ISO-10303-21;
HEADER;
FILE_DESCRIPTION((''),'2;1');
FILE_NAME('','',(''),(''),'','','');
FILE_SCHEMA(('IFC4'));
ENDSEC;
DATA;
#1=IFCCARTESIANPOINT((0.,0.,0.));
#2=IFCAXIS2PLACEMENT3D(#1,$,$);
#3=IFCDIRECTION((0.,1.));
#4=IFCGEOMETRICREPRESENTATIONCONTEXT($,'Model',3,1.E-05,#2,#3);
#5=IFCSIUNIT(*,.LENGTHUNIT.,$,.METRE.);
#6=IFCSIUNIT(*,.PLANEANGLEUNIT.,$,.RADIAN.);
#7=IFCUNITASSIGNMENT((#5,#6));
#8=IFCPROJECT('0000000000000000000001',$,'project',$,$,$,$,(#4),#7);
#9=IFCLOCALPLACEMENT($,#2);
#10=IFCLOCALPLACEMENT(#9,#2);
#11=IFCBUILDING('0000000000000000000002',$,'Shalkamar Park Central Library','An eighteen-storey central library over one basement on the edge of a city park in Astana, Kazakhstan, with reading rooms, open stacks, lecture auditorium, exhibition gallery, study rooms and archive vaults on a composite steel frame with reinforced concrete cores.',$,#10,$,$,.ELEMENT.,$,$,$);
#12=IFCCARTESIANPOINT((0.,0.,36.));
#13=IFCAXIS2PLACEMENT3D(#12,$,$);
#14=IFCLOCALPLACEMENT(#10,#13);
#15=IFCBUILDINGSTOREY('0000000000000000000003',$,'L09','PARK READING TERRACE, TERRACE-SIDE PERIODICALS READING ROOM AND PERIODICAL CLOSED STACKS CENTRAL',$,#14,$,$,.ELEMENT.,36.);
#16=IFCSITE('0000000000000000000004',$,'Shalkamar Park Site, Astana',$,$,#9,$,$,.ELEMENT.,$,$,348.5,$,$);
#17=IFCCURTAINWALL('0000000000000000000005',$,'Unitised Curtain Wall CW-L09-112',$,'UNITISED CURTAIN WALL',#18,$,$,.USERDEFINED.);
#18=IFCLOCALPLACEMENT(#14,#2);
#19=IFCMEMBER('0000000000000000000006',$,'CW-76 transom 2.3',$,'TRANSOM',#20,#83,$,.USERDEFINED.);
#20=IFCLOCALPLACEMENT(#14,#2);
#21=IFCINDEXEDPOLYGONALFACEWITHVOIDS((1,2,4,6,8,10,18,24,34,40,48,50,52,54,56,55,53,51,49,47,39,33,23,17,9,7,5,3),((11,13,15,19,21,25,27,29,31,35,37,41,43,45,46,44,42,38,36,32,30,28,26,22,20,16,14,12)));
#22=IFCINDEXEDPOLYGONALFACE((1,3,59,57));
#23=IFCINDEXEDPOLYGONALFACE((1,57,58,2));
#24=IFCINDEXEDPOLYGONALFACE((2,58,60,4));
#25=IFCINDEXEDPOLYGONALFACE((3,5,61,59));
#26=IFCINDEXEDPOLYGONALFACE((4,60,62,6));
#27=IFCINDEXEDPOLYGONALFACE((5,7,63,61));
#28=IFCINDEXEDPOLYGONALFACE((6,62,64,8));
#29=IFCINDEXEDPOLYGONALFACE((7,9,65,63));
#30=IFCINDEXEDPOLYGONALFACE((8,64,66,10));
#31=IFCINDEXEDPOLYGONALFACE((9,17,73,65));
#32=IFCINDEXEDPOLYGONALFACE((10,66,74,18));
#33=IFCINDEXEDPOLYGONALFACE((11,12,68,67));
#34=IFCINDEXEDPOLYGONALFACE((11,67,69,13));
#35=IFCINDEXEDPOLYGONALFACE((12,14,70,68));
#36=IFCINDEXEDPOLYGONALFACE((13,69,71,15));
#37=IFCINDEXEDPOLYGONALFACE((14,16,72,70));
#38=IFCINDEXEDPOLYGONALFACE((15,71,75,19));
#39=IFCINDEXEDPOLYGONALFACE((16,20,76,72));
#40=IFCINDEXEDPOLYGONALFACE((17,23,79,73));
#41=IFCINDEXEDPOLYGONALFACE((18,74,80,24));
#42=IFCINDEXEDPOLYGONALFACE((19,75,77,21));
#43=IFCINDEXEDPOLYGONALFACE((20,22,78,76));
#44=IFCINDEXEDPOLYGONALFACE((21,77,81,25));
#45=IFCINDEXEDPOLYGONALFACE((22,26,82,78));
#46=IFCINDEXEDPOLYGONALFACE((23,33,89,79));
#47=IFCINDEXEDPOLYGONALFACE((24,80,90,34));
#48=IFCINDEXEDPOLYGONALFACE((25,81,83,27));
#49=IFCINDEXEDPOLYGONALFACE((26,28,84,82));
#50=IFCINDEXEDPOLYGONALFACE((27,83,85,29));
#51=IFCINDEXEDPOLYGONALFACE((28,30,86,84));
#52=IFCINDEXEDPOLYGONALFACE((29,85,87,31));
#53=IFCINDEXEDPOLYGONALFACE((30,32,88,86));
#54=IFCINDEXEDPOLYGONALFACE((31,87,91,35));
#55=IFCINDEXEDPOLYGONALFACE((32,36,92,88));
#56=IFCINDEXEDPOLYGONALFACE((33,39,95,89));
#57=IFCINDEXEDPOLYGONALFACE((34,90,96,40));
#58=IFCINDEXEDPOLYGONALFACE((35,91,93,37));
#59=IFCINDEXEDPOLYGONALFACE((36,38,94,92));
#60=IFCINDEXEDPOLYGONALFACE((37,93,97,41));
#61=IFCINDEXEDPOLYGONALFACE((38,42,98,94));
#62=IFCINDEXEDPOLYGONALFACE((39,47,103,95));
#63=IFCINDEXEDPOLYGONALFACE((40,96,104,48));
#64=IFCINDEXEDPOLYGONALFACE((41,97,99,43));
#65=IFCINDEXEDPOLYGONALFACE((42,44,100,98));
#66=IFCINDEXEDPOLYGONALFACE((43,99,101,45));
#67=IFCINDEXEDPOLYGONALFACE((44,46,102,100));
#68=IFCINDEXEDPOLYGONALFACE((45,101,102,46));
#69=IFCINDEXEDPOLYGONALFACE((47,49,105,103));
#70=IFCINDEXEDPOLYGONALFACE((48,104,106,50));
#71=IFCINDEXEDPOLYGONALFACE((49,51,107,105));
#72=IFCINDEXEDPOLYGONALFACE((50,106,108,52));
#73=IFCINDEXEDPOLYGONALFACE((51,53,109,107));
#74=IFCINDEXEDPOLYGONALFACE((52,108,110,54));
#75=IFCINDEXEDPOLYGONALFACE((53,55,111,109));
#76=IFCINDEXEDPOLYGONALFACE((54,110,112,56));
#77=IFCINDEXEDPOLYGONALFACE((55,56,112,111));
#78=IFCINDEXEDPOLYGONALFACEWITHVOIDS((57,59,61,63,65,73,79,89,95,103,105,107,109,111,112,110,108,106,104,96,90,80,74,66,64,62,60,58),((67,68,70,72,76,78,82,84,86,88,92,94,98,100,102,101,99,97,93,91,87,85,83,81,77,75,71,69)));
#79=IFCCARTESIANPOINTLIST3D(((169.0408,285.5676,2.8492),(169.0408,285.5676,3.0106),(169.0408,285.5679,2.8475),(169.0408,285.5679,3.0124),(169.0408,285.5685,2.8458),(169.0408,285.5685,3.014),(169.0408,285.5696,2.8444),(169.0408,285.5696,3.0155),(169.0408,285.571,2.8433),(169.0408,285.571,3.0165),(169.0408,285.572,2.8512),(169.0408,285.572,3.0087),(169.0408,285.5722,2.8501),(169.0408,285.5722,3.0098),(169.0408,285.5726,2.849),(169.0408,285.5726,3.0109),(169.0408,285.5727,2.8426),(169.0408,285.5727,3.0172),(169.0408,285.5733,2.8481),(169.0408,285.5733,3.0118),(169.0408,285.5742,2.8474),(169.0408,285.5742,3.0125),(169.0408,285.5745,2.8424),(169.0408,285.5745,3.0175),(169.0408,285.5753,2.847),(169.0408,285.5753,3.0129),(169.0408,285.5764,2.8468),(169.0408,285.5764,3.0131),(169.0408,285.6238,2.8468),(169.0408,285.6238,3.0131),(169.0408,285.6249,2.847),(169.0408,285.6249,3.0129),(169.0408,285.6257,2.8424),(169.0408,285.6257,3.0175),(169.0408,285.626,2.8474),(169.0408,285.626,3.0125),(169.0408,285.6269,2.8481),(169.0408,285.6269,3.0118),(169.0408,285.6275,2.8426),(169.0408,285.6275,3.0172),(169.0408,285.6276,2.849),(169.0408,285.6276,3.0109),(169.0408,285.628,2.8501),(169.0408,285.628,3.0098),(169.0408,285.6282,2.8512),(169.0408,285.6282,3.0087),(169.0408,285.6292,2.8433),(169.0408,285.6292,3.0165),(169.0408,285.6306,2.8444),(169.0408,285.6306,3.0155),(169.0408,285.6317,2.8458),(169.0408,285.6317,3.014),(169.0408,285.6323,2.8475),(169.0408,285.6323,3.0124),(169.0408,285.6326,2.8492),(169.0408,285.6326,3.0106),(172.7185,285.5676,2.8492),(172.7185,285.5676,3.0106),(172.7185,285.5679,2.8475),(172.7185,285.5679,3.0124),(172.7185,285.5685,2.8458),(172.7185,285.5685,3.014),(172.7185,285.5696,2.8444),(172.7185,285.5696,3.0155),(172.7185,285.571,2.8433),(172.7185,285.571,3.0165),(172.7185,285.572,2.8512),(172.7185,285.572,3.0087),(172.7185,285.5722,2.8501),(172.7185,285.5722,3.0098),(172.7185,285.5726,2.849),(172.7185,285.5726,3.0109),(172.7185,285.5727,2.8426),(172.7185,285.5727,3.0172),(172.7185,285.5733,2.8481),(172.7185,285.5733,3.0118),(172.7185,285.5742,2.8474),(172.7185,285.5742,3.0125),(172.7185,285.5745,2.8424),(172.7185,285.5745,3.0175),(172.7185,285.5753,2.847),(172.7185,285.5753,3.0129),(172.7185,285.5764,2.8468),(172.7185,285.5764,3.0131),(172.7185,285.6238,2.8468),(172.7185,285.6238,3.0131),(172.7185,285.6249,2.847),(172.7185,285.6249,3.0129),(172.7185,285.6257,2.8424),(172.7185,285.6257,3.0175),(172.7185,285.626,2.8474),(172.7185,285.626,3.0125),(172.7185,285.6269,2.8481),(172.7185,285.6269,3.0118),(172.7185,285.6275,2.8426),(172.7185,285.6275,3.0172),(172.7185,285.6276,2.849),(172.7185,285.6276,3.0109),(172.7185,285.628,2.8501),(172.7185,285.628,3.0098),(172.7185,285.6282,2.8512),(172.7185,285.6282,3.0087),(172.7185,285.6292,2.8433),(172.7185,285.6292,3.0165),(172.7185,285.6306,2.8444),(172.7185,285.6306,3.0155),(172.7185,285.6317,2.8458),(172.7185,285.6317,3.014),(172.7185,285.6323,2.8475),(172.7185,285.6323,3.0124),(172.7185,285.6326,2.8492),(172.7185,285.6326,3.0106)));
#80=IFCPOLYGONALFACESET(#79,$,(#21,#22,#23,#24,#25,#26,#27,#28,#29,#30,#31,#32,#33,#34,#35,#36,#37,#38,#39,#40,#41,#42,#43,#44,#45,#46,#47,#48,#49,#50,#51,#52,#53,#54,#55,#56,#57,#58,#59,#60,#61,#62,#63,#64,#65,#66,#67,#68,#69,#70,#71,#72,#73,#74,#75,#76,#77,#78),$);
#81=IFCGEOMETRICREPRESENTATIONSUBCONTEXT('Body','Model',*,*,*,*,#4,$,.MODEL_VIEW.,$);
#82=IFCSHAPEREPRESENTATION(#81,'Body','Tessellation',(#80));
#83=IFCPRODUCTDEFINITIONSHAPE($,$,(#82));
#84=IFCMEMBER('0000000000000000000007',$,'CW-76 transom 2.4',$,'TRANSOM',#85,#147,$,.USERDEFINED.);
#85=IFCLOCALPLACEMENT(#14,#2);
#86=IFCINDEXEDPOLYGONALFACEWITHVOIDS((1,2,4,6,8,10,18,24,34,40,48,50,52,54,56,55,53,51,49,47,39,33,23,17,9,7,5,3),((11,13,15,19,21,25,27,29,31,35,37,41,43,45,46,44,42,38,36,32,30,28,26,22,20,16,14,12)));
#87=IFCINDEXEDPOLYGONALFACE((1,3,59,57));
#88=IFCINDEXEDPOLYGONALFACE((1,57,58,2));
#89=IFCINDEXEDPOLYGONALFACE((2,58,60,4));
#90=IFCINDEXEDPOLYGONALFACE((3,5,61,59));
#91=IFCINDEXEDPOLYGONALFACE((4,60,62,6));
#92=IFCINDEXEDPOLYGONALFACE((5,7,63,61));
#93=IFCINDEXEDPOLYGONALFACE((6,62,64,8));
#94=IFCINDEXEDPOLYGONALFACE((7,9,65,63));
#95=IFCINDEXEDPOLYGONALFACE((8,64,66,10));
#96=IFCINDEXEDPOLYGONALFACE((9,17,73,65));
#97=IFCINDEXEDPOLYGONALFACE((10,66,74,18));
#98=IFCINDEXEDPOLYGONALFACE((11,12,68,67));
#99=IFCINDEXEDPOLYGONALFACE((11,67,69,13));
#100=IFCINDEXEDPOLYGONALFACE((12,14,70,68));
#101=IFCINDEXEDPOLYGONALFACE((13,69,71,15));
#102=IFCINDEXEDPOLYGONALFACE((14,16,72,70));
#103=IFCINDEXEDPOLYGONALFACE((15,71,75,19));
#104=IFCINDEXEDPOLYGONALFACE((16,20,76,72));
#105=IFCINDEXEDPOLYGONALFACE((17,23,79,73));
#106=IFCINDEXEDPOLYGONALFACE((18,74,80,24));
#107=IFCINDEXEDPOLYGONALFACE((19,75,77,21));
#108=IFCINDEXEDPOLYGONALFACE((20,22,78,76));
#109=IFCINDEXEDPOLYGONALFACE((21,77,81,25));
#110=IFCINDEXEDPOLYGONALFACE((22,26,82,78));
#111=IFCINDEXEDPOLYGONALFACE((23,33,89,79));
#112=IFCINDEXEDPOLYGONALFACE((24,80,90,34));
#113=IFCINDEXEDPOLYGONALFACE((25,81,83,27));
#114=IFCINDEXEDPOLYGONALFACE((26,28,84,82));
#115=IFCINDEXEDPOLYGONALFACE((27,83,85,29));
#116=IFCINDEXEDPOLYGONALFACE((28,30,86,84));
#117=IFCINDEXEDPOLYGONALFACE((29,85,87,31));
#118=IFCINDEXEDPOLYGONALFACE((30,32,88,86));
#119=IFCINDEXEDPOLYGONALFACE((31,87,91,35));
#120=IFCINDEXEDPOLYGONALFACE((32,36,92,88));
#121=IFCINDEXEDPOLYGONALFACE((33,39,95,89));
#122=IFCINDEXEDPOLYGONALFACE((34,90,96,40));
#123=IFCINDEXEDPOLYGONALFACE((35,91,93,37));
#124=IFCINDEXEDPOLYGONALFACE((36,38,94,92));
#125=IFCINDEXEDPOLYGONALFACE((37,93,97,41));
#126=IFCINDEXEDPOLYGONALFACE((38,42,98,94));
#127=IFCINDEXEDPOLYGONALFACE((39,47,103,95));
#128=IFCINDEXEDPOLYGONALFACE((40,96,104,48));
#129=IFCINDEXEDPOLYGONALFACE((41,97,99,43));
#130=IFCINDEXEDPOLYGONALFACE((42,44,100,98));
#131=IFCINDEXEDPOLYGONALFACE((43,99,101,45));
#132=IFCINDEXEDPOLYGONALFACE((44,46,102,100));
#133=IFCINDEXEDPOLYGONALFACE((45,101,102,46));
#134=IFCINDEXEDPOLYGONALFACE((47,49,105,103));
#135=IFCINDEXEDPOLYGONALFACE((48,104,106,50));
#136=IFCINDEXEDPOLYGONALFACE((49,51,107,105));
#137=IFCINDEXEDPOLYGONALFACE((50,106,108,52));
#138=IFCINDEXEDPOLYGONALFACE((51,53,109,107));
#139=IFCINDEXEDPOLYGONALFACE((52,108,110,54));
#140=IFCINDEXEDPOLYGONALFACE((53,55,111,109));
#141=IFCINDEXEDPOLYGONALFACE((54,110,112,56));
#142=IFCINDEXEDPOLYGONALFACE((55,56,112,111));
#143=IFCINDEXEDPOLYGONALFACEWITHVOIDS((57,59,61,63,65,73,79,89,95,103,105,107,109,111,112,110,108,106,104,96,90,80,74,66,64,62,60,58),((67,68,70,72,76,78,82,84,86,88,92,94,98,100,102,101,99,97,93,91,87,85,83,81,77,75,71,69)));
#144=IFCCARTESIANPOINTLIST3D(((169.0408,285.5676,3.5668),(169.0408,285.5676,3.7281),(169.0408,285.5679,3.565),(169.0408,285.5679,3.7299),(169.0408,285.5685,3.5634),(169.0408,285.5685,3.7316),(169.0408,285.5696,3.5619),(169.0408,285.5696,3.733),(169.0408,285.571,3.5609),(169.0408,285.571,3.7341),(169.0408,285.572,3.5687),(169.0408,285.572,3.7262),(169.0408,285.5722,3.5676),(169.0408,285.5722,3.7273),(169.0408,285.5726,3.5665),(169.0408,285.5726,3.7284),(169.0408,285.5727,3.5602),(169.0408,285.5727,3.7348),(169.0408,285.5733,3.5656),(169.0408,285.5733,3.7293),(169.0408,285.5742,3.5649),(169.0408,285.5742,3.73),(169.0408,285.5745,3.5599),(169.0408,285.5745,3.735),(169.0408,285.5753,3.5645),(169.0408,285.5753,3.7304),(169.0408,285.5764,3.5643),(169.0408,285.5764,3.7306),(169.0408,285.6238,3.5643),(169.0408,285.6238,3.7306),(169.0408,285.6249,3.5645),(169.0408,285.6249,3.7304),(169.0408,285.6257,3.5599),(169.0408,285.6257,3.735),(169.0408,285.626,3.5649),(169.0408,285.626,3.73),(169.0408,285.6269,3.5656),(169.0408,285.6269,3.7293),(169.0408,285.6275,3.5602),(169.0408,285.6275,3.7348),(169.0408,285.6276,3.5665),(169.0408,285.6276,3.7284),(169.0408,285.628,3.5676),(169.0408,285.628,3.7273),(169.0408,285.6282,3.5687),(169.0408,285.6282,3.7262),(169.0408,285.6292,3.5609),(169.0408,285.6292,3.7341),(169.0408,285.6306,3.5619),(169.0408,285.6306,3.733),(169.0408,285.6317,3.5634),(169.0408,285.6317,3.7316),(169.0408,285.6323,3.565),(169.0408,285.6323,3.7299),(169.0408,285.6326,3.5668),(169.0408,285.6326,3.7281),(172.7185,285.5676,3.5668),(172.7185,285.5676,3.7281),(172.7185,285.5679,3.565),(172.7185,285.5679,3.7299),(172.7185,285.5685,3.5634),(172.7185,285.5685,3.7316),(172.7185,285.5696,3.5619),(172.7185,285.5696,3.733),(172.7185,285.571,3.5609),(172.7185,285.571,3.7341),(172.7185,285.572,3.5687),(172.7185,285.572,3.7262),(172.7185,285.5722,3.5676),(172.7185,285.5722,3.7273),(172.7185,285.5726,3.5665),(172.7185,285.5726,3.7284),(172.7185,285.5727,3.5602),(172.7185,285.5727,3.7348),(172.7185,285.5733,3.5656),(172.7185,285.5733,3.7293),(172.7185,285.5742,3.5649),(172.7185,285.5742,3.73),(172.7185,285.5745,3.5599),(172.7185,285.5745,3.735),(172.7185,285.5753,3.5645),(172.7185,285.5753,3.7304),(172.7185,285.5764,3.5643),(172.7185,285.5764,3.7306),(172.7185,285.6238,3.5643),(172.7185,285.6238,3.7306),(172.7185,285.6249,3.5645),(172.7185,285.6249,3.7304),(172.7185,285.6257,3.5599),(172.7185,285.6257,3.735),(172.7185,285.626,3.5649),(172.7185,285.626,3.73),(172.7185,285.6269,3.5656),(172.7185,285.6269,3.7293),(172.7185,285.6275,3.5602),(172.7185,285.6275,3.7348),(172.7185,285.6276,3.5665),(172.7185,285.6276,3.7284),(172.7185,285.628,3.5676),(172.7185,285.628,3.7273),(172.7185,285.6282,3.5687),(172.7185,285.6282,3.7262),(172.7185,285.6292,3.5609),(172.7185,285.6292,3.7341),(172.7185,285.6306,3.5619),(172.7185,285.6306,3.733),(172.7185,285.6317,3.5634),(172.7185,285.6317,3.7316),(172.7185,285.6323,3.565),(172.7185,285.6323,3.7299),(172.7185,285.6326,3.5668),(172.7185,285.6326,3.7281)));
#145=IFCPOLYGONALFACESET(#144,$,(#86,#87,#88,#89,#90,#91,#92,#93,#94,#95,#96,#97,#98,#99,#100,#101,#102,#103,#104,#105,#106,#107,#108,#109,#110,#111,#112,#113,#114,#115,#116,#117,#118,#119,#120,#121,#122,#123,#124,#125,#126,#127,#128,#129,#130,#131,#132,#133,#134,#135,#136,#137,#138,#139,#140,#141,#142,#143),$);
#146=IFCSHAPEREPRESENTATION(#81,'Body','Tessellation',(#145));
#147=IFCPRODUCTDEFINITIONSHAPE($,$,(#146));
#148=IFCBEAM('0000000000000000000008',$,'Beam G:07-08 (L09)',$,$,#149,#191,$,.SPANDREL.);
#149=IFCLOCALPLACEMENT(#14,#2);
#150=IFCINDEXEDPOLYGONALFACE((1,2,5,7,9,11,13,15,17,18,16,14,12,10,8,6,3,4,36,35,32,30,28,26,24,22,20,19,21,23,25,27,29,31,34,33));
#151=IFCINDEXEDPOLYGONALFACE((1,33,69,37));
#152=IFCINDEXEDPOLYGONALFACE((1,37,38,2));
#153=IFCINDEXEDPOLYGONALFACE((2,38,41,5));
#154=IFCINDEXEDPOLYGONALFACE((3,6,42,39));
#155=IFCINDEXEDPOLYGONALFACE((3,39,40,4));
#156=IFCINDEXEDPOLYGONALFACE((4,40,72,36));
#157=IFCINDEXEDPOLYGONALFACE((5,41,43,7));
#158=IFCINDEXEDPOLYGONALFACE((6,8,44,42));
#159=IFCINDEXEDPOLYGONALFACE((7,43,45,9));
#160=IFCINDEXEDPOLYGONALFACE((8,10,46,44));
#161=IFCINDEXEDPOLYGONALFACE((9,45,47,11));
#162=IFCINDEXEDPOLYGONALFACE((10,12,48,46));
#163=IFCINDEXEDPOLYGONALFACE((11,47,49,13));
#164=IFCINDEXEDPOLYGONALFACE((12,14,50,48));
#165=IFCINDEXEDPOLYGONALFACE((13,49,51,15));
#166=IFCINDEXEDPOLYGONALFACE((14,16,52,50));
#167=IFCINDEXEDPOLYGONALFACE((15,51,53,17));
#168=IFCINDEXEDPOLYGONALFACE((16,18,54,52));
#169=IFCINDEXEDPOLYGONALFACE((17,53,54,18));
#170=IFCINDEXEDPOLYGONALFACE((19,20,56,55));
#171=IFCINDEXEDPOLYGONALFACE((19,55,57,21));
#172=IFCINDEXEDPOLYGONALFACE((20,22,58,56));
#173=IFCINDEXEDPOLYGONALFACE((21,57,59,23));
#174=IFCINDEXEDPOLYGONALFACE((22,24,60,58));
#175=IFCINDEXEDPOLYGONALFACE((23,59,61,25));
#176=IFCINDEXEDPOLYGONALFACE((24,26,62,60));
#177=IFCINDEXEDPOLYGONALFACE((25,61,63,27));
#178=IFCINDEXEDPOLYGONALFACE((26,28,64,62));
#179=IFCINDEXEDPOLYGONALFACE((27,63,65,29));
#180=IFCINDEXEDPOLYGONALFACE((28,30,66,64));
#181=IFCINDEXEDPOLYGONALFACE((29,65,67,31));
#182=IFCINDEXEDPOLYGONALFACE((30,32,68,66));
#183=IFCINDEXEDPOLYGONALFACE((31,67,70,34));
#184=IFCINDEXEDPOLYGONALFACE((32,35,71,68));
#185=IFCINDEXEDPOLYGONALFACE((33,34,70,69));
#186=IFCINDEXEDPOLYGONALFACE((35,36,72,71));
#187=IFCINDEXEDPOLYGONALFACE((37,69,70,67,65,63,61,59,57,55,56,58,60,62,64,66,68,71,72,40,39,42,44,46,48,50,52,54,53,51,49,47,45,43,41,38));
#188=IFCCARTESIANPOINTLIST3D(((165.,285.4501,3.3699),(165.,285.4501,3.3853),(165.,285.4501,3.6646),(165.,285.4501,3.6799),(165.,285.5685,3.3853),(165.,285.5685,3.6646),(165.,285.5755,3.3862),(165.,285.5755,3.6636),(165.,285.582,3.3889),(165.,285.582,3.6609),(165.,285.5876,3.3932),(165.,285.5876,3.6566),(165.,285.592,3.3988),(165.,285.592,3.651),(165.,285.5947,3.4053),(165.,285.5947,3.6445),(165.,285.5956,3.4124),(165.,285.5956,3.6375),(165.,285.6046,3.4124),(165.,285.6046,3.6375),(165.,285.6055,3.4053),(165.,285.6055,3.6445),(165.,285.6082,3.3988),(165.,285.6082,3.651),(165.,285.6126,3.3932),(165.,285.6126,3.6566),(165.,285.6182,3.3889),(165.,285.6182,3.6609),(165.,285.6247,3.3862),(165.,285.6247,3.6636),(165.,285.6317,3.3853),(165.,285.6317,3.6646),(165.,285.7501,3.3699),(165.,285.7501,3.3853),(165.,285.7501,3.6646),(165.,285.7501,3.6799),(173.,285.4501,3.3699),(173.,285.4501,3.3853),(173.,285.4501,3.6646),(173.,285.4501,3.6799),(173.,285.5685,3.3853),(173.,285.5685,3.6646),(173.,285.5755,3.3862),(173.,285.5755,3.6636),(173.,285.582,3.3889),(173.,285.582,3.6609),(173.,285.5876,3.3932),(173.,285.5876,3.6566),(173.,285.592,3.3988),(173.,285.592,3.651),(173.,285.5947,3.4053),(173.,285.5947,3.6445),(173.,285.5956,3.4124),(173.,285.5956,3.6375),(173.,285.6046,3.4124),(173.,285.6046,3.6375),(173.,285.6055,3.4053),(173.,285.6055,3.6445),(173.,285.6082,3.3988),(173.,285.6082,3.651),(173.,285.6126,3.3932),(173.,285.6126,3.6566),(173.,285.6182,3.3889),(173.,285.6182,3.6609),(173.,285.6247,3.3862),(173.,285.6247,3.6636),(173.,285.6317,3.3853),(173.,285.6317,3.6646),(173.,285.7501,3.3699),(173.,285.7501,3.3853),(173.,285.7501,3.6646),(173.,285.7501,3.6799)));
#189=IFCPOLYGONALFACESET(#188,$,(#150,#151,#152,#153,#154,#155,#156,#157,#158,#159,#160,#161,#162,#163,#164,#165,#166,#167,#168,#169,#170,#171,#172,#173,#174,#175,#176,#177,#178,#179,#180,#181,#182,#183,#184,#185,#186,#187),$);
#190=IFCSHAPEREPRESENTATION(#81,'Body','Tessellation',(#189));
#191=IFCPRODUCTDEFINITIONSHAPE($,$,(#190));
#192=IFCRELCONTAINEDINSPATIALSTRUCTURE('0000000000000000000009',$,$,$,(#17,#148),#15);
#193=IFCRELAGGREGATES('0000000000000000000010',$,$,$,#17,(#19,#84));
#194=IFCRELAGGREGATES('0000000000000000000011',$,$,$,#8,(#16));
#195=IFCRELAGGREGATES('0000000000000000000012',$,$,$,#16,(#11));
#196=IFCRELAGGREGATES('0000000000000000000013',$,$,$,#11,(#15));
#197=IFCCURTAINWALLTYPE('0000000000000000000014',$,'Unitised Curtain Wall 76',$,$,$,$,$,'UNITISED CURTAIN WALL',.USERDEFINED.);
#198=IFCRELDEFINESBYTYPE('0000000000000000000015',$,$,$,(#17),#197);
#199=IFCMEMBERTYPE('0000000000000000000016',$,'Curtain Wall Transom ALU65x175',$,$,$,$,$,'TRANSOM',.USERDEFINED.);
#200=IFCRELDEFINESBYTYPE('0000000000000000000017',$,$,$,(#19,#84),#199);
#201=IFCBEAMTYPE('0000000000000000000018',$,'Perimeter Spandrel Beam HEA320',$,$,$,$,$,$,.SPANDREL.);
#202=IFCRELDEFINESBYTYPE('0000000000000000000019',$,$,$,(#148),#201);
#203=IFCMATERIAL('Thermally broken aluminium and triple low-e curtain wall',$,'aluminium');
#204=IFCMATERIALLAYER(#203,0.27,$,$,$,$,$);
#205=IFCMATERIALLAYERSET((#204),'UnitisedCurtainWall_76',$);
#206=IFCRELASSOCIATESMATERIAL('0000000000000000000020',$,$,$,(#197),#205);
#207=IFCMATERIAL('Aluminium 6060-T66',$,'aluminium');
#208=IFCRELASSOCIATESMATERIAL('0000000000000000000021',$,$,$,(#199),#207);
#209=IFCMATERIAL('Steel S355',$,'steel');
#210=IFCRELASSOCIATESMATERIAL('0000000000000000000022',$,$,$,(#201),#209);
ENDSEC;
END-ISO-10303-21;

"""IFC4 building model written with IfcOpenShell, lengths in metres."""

from ifc_helpers import new_model, si_unit, direction, frame, origin, origin_2d, place, context, subcontext, project, spatial, hollow_rectangle, i_section, extrude, material, layer, layer_set, material_profile, profile_set, type_object, element, aggregate, save


model = new_model("IFC4")

# Units and contexts
model_context = context("Model", 3, precision=1e-05, world=origin(), true_north=direction((0.0, 1.0)))
body_context = subcontext(model_context, "Body", "Model", "MODEL_VIEW")
ifc_project = project(units=[si_unit("LENGTHUNIT", "METRE"), si_unit("PLANEANGLEUNIT", "RADIAN")], contexts=[model_context])

# Site, building, storey
site_placement = place(None, origin())
site = spatial("IfcSite", under=ifc_project, at=site_placement, Name="Shalkamar Park Site, Astana", CompositionType="ELEMENT", RefElevation=348.5)
building_placement = place(site_placement, origin())
building = spatial("IfcBuilding", under=site, at=building_placement, Name="Shalkamar Park Central Library", Description="An eighteen-storey central library over one basement on the edge of a city park in Astana, Kazakhstan, with reading rooms, open stacks, lecture auditorium, exhibition gallery, study rooms and archive vaults on a composite steel frame with reinforced concrete cores.", CompositionType="ELEMENT")
storey_placement = place(building_placement, frame((0.0, 0.0, 36.0)))
storey = spatial("IfcBuildingStorey", under=building, at=storey_placement, Name="L09", Description="PARK READING TERRACE, TERRACE-SIDE PERIODICALS READING ROOM AND PERIODICAL CLOSED STACKS CENTRAL", CompositionType="ELEMENT", Elevation=36.0)

# Shared definitions
ifc_material_1 = material(Name="Steel S355", Category="steel")

# Curtain wall
ifc_material_2 = material(Name="Thermally broken aluminium and triple low-e curtain wall", Category="aluminium")
ifc_layer_1 = layer(ifc_material_2, 0.27)
ifc_layer_set_1 = layer_set([ifc_layer_1], Name="UnitisedCurtainWall_76")
curtain_wall_type_1 = type_object("IfcCurtainWallType", Name="Unitised Curtain Wall 76", ElementType="UNITISED CURTAIN WALL", PredefinedType="USERDEFINED", material=ifc_layer_set_1)
curtain_wall_1_placement = place(storey_placement, origin())
curtain_wall_1 = element("IfcCurtainWall", 1, at=curtain_wall_1_placement, inside=storey, type_object=curtain_wall_type_1, Name="Unitised Curtain Wall CW-L09-112", ObjectType="UNITISED CURTAIN WALL", PredefinedType="USERDEFINED")
ifc_material_3 = material(Name="Aluminium 6060-T66", Category="aluminium")

# Members
ifc_material_profile_1 = material_profile(ifc_material_3, hollow_rectangle(XDim=0.0649, YDim=0.175, WallThickness=0.0044, InnerFilletRadius=0.0044, OuterFilletRadius=0.0068, at=origin_2d()), Name="ALU 65x175x4.5")
ifc_profile_set_1 = profile_set([ifc_material_profile_1], Name="Aluminium 6060-T66")
member_type_1 = type_object("IfcMemberType", Name="Curtain Wall Transom ALU65x175", ElementType="TRANSOM", PredefinedType="USERDEFINED", material=ifc_profile_set_1)
member_1_placement = place(storey_placement, frame((169.0408, 285.6001, 2.9299), z_axis=(1.0, 0.0, 0.0), x_axis=(0.0, 1.0, 0.0)))
member_1 = element("IfcMember", 2, at=member_1_placement, type_object=member_type_1, Name="CW-76 transom 2.3", ObjectType="TRANSOM", PredefinedType="USERDEFINED", context=body_context, shape_type="SweptSolid", body=[
    extrude(hollow_rectangle(XDim=0.0649, YDim=0.175, WallThickness=0.0044, InnerFilletRadius=0.0044, OuterFilletRadius=0.0068, at=origin_2d()), origin(), (0.0, 0.0, 1.0), 3.6777),
])
member_2_placement = place(storey_placement, frame((169.0408, 285.6001, 3.6475), z_axis=(1.0, 0.0, 0.0), x_axis=(0.0, 1.0, 0.0)))
member_2 = element("IfcMember", 3, at=member_2_placement, type_object=member_type_1, Name="CW-76 transom 2.4", ObjectType="TRANSOM", PredefinedType="USERDEFINED", context=body_context, shape_type="SweptSolid", body=[
    extrude(hollow_rectangle(XDim=0.0649, YDim=0.175, WallThickness=0.0044, InnerFilletRadius=0.0044, OuterFilletRadius=0.0068, at=origin_2d()), origin(), (0.0, 0.0, 1.0), 3.6777),
])

# Beam
ifc_material_profile_2 = material_profile(ifc_material_1, i_section(OverallWidth=0.3, OverallDepth=0.3101, WebThickness=0.009, FlangeThickness=0.0154, FilletRadius=0.0271, at=origin_2d()), Name="HEA 320")
ifc_profile_set_2 = profile_set([ifc_material_profile_2], Name="Steel S355")
beam_type = type_object("IfcBeamType", Name="Perimeter Spandrel Beam HEA320", PredefinedType="SPANDREL", material=ifc_profile_set_2)
beam_placement = place(storey_placement, frame((165.0, 285.6001, 3.5249), z_axis=(1.0, 0.0, 0.0), x_axis=(0.0, 1.0, 0.0)))
element("IfcBeam", 4, at=beam_placement, inside=storey, type_object=beam_type, Name="Beam G:07-08 (L09)", PredefinedType="SPANDREL", context=body_context, shape_type="SweptSolid", body=[
    extrude(i_section(OverallWidth=0.3, OverallDepth=0.3101, WebThickness=0.009, FlangeThickness=0.0154, FilletRadius=0.0271, at=origin_2d()), origin(), (0.0, 0.0, 1.0), 8.0),
])

aggregate(curtain_wall_1, [member_1, member_2])

save(model, "model.ifc")
